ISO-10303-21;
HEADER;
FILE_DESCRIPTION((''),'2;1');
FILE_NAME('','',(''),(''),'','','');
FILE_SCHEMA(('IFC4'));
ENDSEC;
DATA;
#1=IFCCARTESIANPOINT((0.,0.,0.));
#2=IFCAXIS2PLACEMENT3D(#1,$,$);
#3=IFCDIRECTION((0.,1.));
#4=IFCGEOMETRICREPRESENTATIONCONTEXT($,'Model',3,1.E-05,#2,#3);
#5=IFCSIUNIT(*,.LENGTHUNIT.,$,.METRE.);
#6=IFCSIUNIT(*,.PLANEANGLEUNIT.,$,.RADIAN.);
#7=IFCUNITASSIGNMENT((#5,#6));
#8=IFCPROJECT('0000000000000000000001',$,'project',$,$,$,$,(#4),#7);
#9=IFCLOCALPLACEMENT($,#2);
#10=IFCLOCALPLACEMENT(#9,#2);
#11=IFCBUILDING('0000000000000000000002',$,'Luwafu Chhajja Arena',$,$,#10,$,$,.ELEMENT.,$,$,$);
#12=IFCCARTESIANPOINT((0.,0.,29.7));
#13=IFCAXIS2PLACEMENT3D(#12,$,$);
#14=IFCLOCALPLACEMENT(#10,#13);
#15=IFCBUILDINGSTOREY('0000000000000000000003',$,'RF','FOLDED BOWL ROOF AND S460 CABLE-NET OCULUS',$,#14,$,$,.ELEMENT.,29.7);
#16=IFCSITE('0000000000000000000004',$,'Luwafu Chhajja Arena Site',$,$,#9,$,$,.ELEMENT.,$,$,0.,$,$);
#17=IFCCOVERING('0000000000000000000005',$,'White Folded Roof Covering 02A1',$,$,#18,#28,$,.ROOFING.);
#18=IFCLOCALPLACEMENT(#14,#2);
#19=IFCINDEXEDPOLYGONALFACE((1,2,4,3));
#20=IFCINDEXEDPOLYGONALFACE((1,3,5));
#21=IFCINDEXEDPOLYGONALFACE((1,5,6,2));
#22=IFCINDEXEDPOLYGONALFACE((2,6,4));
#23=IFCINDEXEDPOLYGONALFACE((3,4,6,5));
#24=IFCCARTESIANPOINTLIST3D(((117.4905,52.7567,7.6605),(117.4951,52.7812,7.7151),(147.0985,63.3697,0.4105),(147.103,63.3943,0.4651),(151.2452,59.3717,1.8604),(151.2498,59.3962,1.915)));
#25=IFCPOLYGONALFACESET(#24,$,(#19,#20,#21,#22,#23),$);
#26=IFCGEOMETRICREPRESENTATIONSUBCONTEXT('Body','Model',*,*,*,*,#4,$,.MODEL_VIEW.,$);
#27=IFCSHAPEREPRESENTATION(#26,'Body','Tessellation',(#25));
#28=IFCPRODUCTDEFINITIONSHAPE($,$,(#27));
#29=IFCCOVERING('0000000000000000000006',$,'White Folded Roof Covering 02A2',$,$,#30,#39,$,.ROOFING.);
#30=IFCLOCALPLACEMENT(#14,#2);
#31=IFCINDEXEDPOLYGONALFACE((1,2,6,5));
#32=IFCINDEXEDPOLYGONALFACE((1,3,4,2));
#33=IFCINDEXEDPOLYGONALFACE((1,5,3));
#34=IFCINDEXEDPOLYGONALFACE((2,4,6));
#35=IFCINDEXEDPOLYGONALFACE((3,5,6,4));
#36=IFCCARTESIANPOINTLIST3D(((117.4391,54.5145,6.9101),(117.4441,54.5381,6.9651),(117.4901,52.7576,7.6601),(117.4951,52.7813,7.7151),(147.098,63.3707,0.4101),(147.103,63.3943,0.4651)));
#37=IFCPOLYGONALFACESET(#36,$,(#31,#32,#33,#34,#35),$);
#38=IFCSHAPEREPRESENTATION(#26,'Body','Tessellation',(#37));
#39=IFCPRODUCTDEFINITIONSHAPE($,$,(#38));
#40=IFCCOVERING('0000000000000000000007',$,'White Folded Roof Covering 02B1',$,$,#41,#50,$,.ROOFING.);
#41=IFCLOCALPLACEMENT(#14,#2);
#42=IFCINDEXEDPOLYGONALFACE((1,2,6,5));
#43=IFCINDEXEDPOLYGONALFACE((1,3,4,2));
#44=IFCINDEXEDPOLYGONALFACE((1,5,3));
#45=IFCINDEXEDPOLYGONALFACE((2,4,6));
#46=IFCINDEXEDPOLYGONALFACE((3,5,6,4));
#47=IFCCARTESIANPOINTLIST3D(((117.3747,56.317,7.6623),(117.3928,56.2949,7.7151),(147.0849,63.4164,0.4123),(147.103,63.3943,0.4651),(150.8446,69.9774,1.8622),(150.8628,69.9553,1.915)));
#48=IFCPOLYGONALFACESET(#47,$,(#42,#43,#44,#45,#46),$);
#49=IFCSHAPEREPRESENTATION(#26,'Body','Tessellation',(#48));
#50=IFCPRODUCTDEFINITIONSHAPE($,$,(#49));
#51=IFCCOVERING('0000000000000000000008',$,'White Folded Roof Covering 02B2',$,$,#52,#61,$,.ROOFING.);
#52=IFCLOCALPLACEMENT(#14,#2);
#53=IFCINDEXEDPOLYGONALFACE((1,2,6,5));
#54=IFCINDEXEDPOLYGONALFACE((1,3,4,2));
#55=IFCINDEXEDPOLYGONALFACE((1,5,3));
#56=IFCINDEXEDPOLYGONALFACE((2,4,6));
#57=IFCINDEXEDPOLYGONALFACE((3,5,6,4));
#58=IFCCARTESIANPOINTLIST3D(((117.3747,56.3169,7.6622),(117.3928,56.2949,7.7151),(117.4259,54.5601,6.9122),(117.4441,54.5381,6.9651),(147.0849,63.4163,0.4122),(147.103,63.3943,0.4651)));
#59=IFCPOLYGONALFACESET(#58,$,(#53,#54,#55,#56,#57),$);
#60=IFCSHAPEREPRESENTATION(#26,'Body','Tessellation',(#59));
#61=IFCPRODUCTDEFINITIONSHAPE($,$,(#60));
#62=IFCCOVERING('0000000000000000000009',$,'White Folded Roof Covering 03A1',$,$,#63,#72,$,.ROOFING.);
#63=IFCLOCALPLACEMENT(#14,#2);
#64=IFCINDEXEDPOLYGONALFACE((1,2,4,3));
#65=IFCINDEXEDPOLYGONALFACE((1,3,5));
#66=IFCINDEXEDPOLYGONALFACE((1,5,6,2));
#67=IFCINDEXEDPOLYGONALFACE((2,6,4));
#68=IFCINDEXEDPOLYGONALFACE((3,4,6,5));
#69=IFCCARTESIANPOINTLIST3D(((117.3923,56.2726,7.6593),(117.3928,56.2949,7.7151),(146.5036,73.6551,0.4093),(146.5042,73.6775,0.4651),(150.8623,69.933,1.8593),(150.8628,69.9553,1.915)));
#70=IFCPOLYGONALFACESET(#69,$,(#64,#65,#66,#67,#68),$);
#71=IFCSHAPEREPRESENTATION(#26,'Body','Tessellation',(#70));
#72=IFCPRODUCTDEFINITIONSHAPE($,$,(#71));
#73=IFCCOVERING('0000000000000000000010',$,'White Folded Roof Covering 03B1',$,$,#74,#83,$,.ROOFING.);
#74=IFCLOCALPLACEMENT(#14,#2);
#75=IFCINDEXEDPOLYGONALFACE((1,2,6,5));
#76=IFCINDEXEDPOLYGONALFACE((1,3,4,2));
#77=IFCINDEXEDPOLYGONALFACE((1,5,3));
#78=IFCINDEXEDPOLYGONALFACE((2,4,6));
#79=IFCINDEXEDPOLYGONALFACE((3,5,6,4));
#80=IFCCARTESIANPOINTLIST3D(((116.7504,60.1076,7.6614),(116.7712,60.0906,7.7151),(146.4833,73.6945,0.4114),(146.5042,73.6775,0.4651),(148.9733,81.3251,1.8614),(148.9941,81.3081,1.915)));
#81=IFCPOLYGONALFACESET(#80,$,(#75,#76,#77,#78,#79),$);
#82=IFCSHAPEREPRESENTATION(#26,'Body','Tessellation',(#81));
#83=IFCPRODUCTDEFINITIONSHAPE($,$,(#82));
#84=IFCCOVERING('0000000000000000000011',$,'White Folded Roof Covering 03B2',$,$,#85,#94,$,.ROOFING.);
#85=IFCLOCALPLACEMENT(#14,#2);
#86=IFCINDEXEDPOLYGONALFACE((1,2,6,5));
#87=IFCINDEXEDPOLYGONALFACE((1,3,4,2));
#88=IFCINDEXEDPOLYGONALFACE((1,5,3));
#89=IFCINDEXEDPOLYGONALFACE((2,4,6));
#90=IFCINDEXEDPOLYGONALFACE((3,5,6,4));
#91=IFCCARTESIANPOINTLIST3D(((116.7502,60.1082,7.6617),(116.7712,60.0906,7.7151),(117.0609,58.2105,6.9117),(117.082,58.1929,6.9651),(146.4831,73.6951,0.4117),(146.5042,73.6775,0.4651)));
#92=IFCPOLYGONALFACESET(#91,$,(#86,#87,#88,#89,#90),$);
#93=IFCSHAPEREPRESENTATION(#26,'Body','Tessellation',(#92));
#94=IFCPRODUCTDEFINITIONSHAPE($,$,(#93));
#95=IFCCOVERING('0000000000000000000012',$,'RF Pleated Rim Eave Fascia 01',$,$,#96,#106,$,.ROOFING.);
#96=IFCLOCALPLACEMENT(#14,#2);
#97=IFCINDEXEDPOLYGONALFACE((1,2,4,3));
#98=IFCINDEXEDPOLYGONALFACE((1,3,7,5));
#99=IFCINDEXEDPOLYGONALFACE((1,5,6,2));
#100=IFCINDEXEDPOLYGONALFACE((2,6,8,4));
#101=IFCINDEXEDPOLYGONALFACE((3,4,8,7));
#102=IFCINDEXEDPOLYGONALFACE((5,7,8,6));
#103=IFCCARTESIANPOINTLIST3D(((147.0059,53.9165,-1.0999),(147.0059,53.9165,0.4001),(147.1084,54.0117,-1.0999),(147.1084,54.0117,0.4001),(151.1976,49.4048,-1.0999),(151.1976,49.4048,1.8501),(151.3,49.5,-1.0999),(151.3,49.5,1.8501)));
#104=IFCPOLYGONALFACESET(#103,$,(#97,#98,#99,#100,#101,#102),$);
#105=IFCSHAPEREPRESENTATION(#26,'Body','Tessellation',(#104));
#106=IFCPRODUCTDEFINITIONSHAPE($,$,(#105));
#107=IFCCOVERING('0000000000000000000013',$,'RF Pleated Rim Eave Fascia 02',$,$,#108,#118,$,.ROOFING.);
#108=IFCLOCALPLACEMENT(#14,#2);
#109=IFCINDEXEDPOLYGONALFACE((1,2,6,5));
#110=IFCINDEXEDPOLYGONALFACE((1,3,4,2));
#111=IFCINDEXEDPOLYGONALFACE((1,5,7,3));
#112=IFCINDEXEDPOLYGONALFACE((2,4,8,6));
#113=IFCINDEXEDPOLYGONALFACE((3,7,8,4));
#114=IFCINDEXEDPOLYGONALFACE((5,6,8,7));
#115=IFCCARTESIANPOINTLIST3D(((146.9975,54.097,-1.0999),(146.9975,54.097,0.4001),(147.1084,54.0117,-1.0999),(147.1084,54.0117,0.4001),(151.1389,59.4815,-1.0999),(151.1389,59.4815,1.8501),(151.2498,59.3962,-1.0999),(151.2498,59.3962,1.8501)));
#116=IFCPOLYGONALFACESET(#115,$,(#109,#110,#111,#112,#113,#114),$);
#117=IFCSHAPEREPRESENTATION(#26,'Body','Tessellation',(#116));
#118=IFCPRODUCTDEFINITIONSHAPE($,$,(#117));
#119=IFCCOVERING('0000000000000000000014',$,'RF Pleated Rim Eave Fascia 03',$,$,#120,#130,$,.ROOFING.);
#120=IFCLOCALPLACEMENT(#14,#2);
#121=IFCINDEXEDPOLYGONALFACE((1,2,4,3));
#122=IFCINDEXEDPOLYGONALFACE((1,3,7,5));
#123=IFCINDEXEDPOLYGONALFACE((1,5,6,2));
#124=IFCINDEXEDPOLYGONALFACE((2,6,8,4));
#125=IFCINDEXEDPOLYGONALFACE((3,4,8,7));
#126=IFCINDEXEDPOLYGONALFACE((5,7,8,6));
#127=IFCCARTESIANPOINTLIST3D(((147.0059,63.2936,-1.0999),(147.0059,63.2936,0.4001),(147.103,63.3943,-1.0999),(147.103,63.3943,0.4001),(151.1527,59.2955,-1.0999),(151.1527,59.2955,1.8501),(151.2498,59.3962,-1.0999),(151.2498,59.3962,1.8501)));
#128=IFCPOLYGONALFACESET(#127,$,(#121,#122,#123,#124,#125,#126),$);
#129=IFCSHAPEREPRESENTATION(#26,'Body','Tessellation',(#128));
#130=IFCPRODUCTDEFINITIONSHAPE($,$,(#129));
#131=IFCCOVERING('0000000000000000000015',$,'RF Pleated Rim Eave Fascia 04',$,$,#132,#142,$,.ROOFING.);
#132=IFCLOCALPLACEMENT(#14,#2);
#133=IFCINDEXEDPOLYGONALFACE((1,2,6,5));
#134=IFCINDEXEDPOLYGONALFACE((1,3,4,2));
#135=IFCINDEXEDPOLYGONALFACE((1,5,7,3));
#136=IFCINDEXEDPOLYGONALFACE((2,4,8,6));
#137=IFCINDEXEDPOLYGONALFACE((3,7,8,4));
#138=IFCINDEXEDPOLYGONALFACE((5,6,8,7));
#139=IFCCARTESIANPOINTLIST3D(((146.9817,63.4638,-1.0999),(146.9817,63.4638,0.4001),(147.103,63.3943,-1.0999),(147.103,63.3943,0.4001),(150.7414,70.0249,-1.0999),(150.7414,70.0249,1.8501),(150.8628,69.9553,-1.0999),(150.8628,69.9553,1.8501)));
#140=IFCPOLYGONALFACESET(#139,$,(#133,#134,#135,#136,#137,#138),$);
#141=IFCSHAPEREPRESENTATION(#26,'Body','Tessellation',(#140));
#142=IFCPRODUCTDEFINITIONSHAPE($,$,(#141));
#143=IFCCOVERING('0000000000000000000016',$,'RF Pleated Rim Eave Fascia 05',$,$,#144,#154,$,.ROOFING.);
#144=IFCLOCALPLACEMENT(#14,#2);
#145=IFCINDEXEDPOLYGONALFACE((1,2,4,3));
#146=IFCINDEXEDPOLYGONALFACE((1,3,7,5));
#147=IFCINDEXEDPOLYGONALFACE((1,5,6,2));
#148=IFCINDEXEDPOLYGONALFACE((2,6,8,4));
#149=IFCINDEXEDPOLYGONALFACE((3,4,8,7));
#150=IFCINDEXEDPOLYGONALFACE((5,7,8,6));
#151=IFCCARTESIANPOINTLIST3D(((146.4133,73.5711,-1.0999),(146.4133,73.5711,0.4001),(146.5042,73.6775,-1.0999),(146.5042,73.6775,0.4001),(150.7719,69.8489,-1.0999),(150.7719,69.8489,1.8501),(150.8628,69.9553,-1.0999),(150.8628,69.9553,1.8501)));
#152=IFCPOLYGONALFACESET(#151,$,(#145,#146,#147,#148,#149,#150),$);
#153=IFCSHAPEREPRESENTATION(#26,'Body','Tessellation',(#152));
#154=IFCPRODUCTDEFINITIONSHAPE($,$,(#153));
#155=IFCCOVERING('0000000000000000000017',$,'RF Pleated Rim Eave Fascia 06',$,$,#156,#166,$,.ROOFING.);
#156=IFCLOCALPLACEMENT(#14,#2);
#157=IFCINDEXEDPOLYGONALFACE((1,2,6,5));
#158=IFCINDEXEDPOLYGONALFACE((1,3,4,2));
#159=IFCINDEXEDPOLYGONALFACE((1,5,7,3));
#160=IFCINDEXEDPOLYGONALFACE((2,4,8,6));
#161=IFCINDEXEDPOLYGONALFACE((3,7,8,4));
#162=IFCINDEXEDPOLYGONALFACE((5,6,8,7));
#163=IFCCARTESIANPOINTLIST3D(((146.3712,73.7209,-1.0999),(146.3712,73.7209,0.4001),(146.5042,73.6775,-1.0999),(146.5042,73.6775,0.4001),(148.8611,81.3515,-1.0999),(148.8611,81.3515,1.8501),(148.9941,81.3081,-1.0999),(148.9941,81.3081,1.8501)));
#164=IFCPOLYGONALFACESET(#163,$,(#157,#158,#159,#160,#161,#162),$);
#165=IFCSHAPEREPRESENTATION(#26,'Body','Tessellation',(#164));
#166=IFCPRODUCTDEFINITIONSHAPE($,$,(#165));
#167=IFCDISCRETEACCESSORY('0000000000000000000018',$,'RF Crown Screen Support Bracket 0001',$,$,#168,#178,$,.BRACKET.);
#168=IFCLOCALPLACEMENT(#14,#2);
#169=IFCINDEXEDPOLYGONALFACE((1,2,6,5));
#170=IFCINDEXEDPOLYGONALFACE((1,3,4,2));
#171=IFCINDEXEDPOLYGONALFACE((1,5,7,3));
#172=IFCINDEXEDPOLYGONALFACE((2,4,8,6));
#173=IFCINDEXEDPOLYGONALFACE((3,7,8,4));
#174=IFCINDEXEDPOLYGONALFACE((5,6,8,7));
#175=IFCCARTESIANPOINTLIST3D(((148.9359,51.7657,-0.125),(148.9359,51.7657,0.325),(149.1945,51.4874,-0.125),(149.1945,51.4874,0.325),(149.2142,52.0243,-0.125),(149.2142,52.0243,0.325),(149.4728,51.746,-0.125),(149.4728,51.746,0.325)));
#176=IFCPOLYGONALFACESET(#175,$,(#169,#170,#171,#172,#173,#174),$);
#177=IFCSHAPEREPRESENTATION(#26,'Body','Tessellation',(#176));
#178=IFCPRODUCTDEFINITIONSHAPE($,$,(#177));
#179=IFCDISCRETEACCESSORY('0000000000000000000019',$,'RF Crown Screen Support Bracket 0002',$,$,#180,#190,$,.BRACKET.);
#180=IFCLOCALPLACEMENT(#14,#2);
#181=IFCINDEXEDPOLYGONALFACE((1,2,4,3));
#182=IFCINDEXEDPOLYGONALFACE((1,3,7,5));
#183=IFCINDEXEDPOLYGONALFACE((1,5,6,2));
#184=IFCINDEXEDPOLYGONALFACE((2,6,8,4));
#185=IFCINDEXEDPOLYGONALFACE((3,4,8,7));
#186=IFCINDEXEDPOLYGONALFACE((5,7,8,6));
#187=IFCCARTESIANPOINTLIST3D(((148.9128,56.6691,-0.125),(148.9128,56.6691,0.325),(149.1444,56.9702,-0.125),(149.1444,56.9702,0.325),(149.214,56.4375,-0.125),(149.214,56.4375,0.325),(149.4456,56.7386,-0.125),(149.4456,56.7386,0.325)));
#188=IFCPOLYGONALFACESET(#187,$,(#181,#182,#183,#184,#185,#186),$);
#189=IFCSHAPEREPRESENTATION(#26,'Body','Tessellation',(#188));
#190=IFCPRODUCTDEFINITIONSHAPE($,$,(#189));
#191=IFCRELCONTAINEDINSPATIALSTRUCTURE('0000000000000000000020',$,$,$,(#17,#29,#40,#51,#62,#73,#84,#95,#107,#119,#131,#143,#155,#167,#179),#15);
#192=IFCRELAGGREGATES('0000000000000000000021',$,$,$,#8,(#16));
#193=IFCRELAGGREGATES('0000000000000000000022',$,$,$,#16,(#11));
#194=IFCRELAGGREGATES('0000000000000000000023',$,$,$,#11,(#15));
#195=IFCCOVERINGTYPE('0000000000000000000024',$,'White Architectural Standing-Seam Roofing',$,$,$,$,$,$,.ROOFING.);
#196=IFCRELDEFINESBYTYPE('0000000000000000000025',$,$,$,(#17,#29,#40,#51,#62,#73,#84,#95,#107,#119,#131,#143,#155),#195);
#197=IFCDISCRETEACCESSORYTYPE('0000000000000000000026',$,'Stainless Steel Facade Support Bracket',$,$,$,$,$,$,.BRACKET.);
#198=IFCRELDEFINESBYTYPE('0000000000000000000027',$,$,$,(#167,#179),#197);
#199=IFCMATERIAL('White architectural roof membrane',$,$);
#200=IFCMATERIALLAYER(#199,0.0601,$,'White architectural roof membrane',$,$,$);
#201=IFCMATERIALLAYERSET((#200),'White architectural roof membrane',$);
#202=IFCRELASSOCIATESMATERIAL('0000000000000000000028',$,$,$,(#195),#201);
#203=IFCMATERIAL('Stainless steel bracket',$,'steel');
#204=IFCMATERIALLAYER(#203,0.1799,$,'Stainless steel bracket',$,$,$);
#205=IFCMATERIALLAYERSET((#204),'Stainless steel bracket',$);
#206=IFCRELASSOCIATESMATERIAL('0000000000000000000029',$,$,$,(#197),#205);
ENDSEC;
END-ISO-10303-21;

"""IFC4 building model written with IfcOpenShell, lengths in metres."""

from ifc_helpers import new_model, si_unit, direction, frame, origin, origin_2d, place, context, subcontext, project, spatial, polyline, rectangle, outline, extrude, material, layer, layer_set, type_object, element, save


model = new_model("IFC4")

# Units and contexts
model_context = context("Model", 3, precision=1e-05, world=origin(), true_north=direction((0.0, 1.0)))
body_context = subcontext(model_context, "Body", "Model", "MODEL_VIEW")
ifc_project = project(units=[si_unit("LENGTHUNIT", "METRE"), si_unit("PLANEANGLEUNIT", "RADIAN")], contexts=[model_context])

# Site, building, storey
site_placement = place(None, origin())
site = spatial("IfcSite", under=ifc_project, at=site_placement, Name="Luwafu Chhajja Arena Site", CompositionType="ELEMENT", RefElevation=0.0)
building_placement = place(site_placement, origin())
building = spatial("IfcBuilding", under=site, at=building_placement, Name="Luwafu Chhajja Arena", CompositionType="ELEMENT")
storey_placement = place(building_placement, frame((0.0, 0.0, 29.7)))
storey = spatial("IfcBuildingStorey", under=building, at=storey_placement, Name="RF", Description="FOLDED BOWL ROOF AND S460 CABLE-NET OCULUS", CompositionType="ELEMENT", Elevation=29.7)

# Coverings
ifc_material_1 = material(Name="White architectural roof membrane")
ifc_layer_1 = layer(ifc_material_1, 0.0601, Name="White architectural roof membrane")
ifc_layer_set_1 = layer_set([ifc_layer_1], Name="White architectural roof membrane")
covering_type = type_object("IfcCoveringType", Name="White Architectural Standing-Seam Roofing", PredefinedType="ROOFING", material=ifc_layer_set_1)
covering_1_placement = place(storey_placement, frame((151.2498, 59.3962, 1.915), z_axis=(0.076153, 0.408807, 0.909438), x_axis=(-0.698117, 0.673086, -0.244105)))
element("IfcCovering", 1, at=covering_1_placement, inside=storey, type_object=covering_type, Name="White Folded Roof Covering 02A1", PredefinedType="ROOFING", context=body_context, shape_type="SweptSolid", body=[
    extrude(outline(polyline([(0.0, 0.0), (5.9399, 0.0), (17.6964, 30.0601), (0.0, 0.0)])), origin(), (0.0, 0.0, -1.0), 0.0601),
])
covering_2_placement = place(storey_placement, frame((147.103, 63.3943, 0.4651), z_axis=(0.083227, 0.393305, 0.915633), x_axis=(-0.937741, -0.280011, 0.205514)))
element("IfcCovering", 2, at=covering_2_placement, inside=storey, type_object=covering_type, Name="White Folded Roof Covering 02A2", PredefinedType="ROOFING", context=body_context, shape_type="SweptSolid", body=[
    extrude(outline(polyline([(0.0, 0.0), (31.6281, 0.0), (32.2263, 1.8149), (0.0, 0.0)])), origin(), (0.0, 0.0, -1.0), 0.0601),
])
covering_3_placement = place(storey_placement, frame((147.103, 63.3943, 0.4651), z_axis=(0.302449, -0.36766, 0.879404), x_axis=(0.4883, 0.852116, 0.188313)))
element("IfcCovering", 3, at=covering_3_placement, inside=storey, type_object=covering_type, Name="White Folded Roof Covering 02B1", PredefinedType="ROOFING", context=body_context, shape_type="SweptSolid", body=[
    extrude(outline(polyline([(0.0, 0.0), (7.6997, 0.0), (-19.1917, 24.8463), (0.0, 0.0)])), origin(), (0.0, 0.0, -1.0), 0.0601),
])
covering_4_placement = place(storey_placement, frame((147.103, 63.3943, 0.4651), z_axis=(0.302337, -0.366772, 0.879813), x_axis=(-0.946329, -0.226129, 0.230927)))
element("IfcCovering", 4, at=covering_4_placement, inside=storey, type_object=covering_type, Name="White Folded Roof Covering 02B2", PredefinedType="ROOFING", context=body_context, shape_type="SweptSolid", body=[
    extrude(outline(polyline([(0.0, 0.0), (31.3952, 0.0), (31.5708, 1.9028), (0.0, 0.0)])), origin(), (0.0, 0.0, -1.0), 0.0601),
])
covering_5_placement = place(storey_placement, frame((150.8628, 69.9553, 1.915), z_axis=(0.008982, 0.372077, 0.928158), x_axis=(-0.737223, 0.629569, -0.245245)))
element("IfcCovering", 5, at=covering_5_placement, inside=storey, type_object=covering_type, Name="White Folded Roof Covering 03A1", PredefinedType="ROOFING", context=body_context, shape_type="SweptSolid", body=[
    extrude(outline(polyline([(0.0, 0.0), (5.9122, 0.0), (14.6522, 33.5529), (0.0, 0.0)])), origin(), (0.0, 0.0, -1.0), 0.0601),
])
covering_6_placement = place(storey_placement, frame((146.5042, 73.6775, 0.4651), z_axis=(0.347395, -0.283222, 0.893925), x_axis=(0.305276, 0.935524, 0.177766)))
element("IfcCovering", 6, at=covering_6_placement, inside=storey, type_object=covering_type, Name="White Folded Roof Covering 03B1", PredefinedType="ROOFING", context=body_context, shape_type="SweptSolid", body=[
    extrude(outline(polyline([(0.0, 0.0), (8.1565, 0.0), (-20.4988, 26.4766), (0.0, 0.0)])), origin(), (0.0, 0.0, -1.0), 0.0601),
])
covering_7_placement = place(storey_placement, frame((146.5042, 73.6775, 0.4651), z_axis=(0.351068, -0.293866, 0.889041), x_axis=(-0.88796, -0.405767, 0.216518)))
element("IfcCovering", 7, at=covering_7_placement, inside=storey, type_object=covering_type, Name="White Folded Roof Covering 03B2", PredefinedType="ROOFING", context=body_context, shape_type="SweptSolid", body=[
    extrude(outline(polyline([(0.0, 0.0), (33.4845, 0.0), (33.8162, 2.0372), (0.0, 0.0)])), origin(), (0.0, 0.0, -1.0), 0.0601),
])
covering_8_placement = place(storey_placement, frame((151.3, 49.5, -1.0999), z_axis=(0.732616, 0.680643, 0.0), x_axis=(-0.680643, 0.732616, 0.0)))
element("IfcCovering", 8, at=covering_8_placement, inside=storey, type_object=covering_type, Name="RF Pleated Rim Eave Fascia 01", PredefinedType="ROOFING", context=body_context, shape_type="SweptSolid", body=[
    extrude(outline(polyline([(0.0, 0.0), (6.1584, 0.0), (6.1584, 1.5), (0.0, 2.95), (0.0, 0.0)])), origin(), (0.0, 0.0, -1.0), 0.1399),
])
covering_9_placement = place(storey_placement, frame((147.1084, 54.0117, -1.0999), z_axis=(0.792665, -0.609657, 0.0), x_axis=(0.609657, 0.792665, 0.0)))
element("IfcCovering", 9, at=covering_9_placement, inside=storey, type_object=covering_type, Name="RF Pleated Rim Eave Fascia 02", PredefinedType="ROOFING", context=body_context, shape_type="SweptSolid", body=[
    extrude(outline(polyline([(0.0, 0.0), (6.7929, 0.0), (6.7929, 2.95), (0.0, 1.5), (0.0, 0.0)])), origin(), (0.0, 0.0, -1.0), 0.1399),
])
covering_10_placement = place(storey_placement, frame((151.2498, 59.3962, -1.0999), z_axis=(0.694083, 0.719895, 0.0), x_axis=(-0.719895, 0.694083, 0.0)))
element("IfcCovering", 10, at=covering_10_placement, inside=storey, type_object=covering_type, Name="RF Pleated Rim Eave Fascia 03", PredefinedType="ROOFING", context=body_context, shape_type="SweptSolid", body=[
    extrude(outline(polyline([(0.0, 0.0), (5.7602, 0.0), (5.7602, 1.5), (0.0, 2.95), (0.0, 0.0)])), origin(), (0.0, 0.0, -1.0), 0.1399),
])
covering_11_placement = place(storey_placement, frame((147.103, 63.3943, -1.0999), z_axis=(0.867639, -0.497196, 0.0), x_axis=(0.497196, 0.867639, 0.0)))
element("IfcCovering", 11, at=covering_11_placement, inside=storey, type_object=covering_type, Name="RF Pleated Rim Eave Fascia 04", PredefinedType="ROOFING", context=body_context, shape_type="SweptSolid", body=[
    extrude(outline(polyline([(0.0, 0.0), (7.5619, 0.0), (7.5619, 2.95), (0.0, 1.5), (0.0, 0.0)])), origin(), (0.0, 0.0, -1.0), 0.1399),
])
covering_12_placement = place(storey_placement, frame((150.8628, 69.9553, -1.0999), z_axis=(0.649401, 0.760446, 0.0), x_axis=(-0.760446, 0.649401, 0.0)))
element("IfcCovering", 12, at=covering_12_placement, inside=storey, type_object=covering_type, Name="RF Pleated Rim Eave Fascia 05", PredefinedType="ROOFING", context=body_context, shape_type="SweptSolid", body=[
    extrude(outline(polyline([(0.0, 0.0), (5.7317, 0.0), (5.7317, 1.5), (0.0, 2.95), (0.0, 0.0)])), origin(), (0.0, 0.0, -1.0), 0.1399),
])
covering_13_placement = place(storey_placement, frame((146.5042, 73.6775, -1.0999), z_axis=(0.950666, -0.310217, 0.0), x_axis=(0.310217, 0.950666, 0.0)))
element("IfcCovering", 13, at=covering_13_placement, inside=storey, type_object=covering_type, Name="RF Pleated Rim Eave Fascia 06", PredefinedType="ROOFING", context=body_context, shape_type="SweptSolid", body=[
    extrude(outline(polyline([(0.0, 0.0), (8.0266, 0.0), (8.0266, 2.95), (0.0, 1.5), (0.0, 0.0)])), origin(), (0.0, 0.0, -1.0), 0.1399),
])

# Discrete accessories
ifc_material_2 = material(Name="Stainless steel bracket", Category="steel")
ifc_layer_2 = layer(ifc_material_2, 0.1799, Name="Stainless steel bracket")
ifc_layer_set_2 = layer_set([ifc_layer_2], Name="Stainless steel bracket")
discrete_accessory_type = type_object("IfcDiscreteAccessoryType", Name="Stainless Steel Facade Support Bracket", PredefinedType="BRACKET", material=ifc_layer_set_2)
for number, where, z_axis, x_axis, name in (
    (14, (149.2043, 51.7559, -0.125), (0.0, 0.0, 1.0), (-0.680631, 0.732626, 0.0), "RF Crown Screen Support Bracket 0001"),
    (15, (149.1792, 56.7039, -0.125), (0.0, 0.0, 1.0), (0.609653, 0.792668, 0.0), "RF Crown Screen Support Bracket 0002"),
):
    element("IfcDiscreteAccessory", number, at=place(storey_placement, frame(where, z_axis=z_axis, x_axis=x_axis)), inside=storey, type_object=discrete_accessory_type, Name=name, PredefinedType="BRACKET", context=body_context, shape_type="SweptSolid", body=[
        extrude(rectangle(XDim=0.3799, YDim=0.3799, at=origin_2d()), origin(), (0.0, 0.0, 1.0), 0.45),
    ])

save(model, "model.ifc")
